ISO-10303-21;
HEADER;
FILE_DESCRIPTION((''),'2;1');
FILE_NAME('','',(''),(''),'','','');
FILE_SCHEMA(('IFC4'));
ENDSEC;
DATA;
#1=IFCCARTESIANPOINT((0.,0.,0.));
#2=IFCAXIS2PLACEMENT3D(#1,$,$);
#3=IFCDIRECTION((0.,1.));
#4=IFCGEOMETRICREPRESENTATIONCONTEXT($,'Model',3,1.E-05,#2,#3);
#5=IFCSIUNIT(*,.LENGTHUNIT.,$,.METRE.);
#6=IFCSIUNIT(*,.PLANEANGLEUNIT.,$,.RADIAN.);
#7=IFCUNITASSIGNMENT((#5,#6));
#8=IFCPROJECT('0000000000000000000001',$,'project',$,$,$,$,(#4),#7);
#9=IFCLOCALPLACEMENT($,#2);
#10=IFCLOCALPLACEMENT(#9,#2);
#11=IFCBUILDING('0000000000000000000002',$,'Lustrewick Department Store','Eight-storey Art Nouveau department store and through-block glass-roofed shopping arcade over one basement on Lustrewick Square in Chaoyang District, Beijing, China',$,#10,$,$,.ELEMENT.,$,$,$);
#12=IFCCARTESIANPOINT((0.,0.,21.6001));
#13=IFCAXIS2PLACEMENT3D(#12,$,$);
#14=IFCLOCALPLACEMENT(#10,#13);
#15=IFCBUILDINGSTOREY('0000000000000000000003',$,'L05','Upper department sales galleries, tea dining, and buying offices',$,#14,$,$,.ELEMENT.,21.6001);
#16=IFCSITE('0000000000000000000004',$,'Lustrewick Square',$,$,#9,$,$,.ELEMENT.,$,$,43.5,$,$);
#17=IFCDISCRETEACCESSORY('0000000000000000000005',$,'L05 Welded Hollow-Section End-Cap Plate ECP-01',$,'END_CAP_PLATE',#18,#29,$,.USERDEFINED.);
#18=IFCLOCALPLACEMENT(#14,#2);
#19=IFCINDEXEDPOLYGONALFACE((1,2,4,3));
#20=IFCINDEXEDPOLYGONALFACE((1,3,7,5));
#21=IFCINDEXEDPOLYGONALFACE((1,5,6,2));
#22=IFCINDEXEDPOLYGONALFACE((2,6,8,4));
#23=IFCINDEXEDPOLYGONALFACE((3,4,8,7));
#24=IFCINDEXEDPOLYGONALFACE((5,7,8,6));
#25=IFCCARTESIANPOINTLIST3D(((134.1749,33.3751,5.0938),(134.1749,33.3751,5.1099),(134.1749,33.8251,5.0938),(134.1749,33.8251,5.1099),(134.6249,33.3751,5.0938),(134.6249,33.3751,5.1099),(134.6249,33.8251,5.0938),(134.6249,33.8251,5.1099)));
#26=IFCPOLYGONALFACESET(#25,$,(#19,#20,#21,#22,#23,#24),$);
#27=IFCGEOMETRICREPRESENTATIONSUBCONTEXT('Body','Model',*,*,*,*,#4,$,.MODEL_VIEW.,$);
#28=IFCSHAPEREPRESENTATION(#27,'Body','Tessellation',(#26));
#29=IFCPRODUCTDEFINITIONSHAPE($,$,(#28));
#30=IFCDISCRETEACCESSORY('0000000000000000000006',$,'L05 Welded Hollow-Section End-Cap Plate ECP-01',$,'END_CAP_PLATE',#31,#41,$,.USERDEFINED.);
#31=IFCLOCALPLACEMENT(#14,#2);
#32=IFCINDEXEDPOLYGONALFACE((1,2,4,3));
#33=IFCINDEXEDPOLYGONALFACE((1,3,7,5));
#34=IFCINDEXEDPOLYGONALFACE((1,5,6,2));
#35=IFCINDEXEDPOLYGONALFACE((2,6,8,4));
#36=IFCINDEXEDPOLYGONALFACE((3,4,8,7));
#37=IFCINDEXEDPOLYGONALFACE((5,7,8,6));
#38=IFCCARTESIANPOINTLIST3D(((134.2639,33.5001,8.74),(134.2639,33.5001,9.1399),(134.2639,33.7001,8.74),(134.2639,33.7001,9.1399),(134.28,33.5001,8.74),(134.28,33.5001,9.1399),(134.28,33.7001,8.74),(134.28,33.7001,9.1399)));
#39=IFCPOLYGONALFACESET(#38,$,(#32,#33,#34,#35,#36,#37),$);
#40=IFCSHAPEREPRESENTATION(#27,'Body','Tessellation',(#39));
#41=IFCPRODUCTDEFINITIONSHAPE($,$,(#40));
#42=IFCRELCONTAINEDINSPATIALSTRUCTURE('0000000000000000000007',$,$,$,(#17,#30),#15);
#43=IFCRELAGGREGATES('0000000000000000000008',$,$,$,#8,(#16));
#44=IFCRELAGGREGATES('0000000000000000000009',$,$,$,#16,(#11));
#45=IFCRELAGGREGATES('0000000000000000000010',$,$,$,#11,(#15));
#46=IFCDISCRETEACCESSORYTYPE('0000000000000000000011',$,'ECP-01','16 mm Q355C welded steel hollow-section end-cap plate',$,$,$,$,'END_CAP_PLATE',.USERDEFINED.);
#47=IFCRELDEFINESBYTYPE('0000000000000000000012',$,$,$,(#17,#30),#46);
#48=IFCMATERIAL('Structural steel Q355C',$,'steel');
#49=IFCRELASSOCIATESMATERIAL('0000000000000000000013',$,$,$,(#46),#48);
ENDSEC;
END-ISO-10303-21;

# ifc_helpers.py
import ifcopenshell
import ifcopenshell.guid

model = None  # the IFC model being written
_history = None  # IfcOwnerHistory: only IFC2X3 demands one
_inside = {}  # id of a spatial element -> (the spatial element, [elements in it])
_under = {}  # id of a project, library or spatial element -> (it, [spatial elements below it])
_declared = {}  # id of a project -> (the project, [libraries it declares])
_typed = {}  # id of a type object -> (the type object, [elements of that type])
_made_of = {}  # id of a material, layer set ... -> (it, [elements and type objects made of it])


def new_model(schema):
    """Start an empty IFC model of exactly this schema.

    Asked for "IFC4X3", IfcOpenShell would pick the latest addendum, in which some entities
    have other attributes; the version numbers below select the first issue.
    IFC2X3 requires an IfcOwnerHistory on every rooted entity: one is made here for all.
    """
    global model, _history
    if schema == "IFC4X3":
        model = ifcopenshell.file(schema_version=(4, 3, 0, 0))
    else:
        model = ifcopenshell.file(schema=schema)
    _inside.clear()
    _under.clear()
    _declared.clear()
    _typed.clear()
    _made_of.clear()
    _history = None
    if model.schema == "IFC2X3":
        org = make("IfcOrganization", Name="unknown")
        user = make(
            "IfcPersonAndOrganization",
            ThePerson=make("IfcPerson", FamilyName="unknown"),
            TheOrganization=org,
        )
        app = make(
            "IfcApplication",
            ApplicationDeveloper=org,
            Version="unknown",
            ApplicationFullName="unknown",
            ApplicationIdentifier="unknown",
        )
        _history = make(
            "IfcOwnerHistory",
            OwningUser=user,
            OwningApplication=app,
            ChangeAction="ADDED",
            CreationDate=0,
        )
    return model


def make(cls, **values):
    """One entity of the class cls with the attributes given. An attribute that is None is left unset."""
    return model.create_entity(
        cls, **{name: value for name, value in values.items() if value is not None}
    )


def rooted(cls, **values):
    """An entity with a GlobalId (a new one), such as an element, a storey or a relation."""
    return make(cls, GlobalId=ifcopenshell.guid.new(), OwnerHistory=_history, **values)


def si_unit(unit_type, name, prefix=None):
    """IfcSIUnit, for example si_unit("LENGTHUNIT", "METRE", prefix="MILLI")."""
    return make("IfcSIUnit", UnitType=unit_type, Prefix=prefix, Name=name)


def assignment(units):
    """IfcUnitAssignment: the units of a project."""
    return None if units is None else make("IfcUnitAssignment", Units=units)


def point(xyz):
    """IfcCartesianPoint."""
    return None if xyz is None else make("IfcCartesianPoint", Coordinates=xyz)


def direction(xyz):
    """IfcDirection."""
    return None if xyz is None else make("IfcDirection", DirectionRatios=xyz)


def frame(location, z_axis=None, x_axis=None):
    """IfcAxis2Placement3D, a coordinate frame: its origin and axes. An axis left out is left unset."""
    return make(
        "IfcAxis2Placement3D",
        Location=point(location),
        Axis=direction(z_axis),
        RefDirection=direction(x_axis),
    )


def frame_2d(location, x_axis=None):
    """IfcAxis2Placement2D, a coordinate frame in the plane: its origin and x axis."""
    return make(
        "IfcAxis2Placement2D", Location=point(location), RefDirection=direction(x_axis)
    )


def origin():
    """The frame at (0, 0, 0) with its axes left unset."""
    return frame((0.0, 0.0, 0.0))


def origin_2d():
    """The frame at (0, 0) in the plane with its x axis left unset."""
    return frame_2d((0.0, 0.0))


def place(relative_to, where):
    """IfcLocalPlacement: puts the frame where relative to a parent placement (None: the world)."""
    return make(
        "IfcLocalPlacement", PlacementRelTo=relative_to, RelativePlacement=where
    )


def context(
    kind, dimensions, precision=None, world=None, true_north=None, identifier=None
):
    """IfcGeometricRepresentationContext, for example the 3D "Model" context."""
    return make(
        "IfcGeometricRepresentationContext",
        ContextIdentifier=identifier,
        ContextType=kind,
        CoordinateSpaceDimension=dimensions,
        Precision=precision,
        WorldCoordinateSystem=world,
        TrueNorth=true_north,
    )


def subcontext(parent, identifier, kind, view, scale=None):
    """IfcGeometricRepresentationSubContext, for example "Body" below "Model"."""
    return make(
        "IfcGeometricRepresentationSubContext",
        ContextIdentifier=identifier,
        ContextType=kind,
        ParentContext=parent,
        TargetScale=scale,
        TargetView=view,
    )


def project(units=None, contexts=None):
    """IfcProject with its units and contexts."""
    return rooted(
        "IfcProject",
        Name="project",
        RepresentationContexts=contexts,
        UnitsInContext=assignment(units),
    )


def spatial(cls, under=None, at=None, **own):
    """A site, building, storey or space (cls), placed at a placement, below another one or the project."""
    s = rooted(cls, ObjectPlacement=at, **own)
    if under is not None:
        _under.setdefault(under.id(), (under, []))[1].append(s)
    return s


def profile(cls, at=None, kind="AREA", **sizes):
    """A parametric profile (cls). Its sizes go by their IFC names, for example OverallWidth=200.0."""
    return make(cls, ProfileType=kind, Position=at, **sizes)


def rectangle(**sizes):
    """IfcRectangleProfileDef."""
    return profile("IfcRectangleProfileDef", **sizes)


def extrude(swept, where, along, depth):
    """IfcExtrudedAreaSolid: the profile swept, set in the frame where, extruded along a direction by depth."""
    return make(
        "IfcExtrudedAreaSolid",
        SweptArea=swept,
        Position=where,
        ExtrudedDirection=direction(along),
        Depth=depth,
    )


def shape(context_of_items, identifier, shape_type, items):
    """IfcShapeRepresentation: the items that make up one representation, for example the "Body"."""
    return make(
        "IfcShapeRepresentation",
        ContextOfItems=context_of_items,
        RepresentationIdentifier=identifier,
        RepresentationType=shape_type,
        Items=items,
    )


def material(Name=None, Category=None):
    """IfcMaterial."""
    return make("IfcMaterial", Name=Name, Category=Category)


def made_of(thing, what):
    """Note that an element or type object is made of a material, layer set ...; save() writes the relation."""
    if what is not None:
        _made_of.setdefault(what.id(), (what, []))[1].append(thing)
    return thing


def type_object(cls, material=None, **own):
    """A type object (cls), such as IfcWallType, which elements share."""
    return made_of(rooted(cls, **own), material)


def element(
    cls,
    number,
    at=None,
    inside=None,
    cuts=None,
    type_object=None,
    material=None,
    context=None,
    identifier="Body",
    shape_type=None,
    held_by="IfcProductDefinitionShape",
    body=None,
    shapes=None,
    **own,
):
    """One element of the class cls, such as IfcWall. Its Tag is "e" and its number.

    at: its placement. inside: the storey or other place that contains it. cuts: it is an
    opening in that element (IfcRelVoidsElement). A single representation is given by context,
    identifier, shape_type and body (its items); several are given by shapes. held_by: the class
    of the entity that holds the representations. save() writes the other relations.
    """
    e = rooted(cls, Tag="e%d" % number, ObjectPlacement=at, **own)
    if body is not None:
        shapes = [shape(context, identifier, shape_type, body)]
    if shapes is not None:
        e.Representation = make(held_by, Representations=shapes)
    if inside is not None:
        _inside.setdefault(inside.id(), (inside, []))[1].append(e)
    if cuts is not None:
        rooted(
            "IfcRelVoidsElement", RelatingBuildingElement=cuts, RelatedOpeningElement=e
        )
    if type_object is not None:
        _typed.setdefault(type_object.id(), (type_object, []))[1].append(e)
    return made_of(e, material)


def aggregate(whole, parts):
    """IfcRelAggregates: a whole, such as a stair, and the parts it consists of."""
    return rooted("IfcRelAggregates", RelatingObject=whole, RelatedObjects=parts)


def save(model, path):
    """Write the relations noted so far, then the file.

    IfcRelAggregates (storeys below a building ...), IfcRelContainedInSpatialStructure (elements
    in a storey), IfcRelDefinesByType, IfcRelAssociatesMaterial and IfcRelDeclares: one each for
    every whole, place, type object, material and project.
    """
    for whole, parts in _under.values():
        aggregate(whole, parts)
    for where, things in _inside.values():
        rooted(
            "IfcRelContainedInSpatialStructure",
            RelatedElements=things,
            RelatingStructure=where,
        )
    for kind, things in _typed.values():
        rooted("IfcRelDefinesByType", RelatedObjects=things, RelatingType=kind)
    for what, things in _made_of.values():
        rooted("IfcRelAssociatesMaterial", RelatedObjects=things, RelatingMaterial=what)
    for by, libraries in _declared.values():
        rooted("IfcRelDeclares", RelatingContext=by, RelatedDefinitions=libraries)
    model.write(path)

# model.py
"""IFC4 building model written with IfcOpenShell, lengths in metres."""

from ifc_helpers import new_model, si_unit, direction, frame, origin, origin_2d, place, context, subcontext, project, spatial, rectangle, extrude, material, type_object, element, save


model = new_model("IFC4")

# Units and contexts
model_context = context("Model", 3, precision=1e-05, world=origin(), true_north=direction((0.0, 1.0)))
body_context = subcontext(model_context, "Body", "Model", "MODEL_VIEW")
ifc_project = project(units=[si_unit("LENGTHUNIT", "METRE"), si_unit("PLANEANGLEUNIT", "RADIAN")], contexts=[model_context])

# Site, building, storey
site_placement = place(None, origin())
site = spatial("IfcSite", under=ifc_project, at=site_placement, Name="Lustrewick Square", CompositionType="ELEMENT", RefElevation=43.5)
building_placement = place(site_placement, origin())
building = spatial("IfcBuilding", under=site, at=building_placement, Name="Lustrewick Department Store", Description="Eight-storey Art Nouveau department store and through-block glass-roofed shopping arcade over one basement on Lustrewick Square in Chaoyang District, Beijing, China", CompositionType="ELEMENT")
storey_placement = place(building_placement, frame((0.0, 0.0, 21.6001)))
storey = spatial("IfcBuildingStorey", under=building, at=storey_placement, Name="L05", Description="Upper department sales galleries, tea dining, and buying offices", CompositionType="ELEMENT", Elevation=21.6001)

# Shared definitions
ifc_material_1 = material(Name="Structural steel Q355C", Category="steel")

# Discrete accessories
discrete_accessory_type = type_object("IfcDiscreteAccessoryType", Name="ECP-01", Description="16 mm Q355C welded steel hollow-section end-cap plate", ElementType="END_CAP_PLATE", PredefinedType="USERDEFINED", material=ifc_material_1)
discrete_accessory_1_placement = place(storey_placement, frame((134.3999, 33.6001, 5.0938), z_axis=(0.0, 0.0, 1.0), x_axis=(1.0, 0.0, 0.0)))
element("IfcDiscreteAccessory", 1, at=discrete_accessory_1_placement, inside=storey, type_object=discrete_accessory_type, Name="L05 Welded Hollow-Section End-Cap Plate ECP-01", ObjectType="END_CAP_PLATE", PredefinedType="USERDEFINED", context=body_context, shape_type="SweptSolid", body=[
    extrude(rectangle(XDim=0.45, YDim=0.45, at=origin_2d()), origin(), (0.0, 0.0, 1.0), 0.0161),
])
discrete_accessory_2_placement = place(storey_placement, frame((134.2639, 33.6001, 8.9399), z_axis=(1.0, 0.0, 0.0), x_axis=(0.0, 1.0, 0.0)))
element("IfcDiscreteAccessory", 2, at=discrete_accessory_2_placement, inside=storey, type_object=discrete_accessory_type, Name="L05 Welded Hollow-Section End-Cap Plate ECP-01", ObjectType="END_CAP_PLATE", PredefinedType="USERDEFINED", context=body_context, shape_type="SweptSolid", body=[
    extrude(rectangle(XDim=0.2, YDim=0.3999, at=origin_2d()), origin(), (0.0, 0.0, 1.0), 0.0161),
])

save(model, "model.ifc")
